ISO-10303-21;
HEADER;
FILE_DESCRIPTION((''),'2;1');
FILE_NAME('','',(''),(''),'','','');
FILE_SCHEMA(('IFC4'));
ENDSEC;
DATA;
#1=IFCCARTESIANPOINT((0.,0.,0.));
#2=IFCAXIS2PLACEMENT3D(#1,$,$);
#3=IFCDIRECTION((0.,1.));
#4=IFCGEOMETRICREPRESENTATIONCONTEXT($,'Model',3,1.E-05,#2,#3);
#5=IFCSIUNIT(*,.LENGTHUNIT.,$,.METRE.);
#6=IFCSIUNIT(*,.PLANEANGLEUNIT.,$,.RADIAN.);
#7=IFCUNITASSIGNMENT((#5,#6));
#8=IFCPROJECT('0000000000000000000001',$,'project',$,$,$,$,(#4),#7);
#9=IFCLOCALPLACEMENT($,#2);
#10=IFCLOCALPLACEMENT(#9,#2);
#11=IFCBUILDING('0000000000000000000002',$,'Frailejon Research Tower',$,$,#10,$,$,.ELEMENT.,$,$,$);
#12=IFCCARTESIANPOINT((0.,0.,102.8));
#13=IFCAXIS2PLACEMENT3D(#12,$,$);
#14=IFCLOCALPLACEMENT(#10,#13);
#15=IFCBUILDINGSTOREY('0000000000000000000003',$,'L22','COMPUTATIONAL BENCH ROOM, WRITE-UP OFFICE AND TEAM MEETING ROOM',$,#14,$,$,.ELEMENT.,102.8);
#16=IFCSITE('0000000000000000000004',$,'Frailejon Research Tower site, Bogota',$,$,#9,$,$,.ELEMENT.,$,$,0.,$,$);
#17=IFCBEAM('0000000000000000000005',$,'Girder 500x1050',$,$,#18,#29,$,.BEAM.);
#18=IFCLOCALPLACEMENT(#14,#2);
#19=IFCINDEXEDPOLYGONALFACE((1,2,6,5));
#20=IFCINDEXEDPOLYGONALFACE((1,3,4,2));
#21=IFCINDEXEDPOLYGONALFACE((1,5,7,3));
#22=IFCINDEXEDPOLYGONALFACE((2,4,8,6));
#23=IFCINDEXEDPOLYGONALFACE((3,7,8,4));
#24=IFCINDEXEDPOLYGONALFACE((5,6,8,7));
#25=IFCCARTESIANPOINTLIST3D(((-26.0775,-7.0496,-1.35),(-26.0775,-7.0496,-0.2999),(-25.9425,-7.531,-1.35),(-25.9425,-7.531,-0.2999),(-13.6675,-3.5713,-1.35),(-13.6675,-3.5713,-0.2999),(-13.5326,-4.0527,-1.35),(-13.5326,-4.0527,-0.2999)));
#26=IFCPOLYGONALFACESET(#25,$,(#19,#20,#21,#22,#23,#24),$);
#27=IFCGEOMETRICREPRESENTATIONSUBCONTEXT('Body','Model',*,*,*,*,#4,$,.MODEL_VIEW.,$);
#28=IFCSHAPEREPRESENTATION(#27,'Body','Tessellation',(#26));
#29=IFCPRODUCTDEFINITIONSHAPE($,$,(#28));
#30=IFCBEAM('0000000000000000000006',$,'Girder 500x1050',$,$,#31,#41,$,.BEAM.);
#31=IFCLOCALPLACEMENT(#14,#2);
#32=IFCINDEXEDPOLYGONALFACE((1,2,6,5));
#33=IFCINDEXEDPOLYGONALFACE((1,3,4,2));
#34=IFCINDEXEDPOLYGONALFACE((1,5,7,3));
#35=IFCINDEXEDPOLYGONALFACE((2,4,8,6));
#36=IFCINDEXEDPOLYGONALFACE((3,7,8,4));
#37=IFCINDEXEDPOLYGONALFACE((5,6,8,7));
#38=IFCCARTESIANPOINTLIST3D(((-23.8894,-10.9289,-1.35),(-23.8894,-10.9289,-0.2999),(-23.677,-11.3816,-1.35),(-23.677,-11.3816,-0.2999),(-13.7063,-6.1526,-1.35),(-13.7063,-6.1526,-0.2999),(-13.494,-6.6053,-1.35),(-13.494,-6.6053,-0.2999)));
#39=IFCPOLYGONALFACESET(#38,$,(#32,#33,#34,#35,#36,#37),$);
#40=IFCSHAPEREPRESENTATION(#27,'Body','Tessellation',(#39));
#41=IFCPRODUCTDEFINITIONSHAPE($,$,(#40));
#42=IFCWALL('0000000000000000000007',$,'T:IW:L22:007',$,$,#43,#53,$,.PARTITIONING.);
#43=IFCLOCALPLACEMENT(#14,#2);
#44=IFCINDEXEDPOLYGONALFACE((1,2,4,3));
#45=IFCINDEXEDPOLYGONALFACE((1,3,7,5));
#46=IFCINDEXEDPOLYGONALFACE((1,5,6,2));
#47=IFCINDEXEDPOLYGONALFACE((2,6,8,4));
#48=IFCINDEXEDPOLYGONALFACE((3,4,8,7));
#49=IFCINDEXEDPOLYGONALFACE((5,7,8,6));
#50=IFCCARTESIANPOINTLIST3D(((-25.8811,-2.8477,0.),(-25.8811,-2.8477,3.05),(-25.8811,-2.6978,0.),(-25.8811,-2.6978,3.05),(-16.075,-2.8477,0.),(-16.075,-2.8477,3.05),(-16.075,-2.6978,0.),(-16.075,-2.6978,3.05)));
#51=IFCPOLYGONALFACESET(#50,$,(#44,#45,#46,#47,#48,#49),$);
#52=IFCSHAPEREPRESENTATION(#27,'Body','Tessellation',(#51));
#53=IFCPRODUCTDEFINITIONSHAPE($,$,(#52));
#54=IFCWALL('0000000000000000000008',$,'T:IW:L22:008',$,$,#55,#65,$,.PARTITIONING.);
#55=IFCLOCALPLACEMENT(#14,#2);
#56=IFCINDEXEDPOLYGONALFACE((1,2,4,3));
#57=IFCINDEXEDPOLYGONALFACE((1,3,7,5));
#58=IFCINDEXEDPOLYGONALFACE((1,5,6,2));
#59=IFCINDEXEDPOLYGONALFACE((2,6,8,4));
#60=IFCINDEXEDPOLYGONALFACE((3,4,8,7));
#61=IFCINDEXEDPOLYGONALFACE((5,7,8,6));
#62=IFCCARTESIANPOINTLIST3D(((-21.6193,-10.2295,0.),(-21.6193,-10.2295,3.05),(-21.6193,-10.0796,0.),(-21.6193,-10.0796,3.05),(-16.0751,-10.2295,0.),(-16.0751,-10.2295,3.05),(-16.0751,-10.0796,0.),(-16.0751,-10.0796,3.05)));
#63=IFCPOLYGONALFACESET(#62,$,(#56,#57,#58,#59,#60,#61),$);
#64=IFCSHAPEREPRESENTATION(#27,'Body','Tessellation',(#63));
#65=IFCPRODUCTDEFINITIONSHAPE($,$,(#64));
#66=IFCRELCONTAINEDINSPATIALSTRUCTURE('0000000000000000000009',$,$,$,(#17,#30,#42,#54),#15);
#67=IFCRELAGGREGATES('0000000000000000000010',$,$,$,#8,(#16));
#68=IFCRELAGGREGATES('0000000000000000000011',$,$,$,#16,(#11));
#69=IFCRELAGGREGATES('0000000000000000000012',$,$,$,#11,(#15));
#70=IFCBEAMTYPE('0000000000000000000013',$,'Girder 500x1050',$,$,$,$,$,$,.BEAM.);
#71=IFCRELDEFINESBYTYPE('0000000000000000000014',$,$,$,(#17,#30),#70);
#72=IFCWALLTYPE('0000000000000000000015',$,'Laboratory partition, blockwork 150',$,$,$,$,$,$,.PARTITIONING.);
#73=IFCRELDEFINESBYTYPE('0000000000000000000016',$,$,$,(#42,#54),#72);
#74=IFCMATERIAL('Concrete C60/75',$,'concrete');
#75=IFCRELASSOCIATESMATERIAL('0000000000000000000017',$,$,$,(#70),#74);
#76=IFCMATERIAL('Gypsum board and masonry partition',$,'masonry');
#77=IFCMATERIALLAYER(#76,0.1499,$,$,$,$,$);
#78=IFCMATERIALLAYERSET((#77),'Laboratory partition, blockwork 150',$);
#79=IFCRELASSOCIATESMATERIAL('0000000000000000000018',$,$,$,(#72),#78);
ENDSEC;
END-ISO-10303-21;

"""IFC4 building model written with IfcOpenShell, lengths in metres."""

from ifc_helpers import new_model, si_unit, direction, frame, frame_2d, origin, origin_2d, place, context, subcontext, project, spatial, rectangle, extrude, material, layer, layer_set, material_profile, profile_set, type_object, element, save


model = new_model("IFC4")

# Units and contexts
model_context = context("Model", 3, precision=1e-05, world=origin(), true_north=direction((0.0, 1.0)))
body_context = subcontext(model_context, "Body", "Model", "MODEL_VIEW")
ifc_project = project(units=[si_unit("LENGTHUNIT", "METRE"), si_unit("PLANEANGLEUNIT", "RADIAN")], contexts=[model_context])

# Site, building, storey
site_placement = place(None, origin())
site = spatial("IfcSite", under=ifc_project, at=site_placement, Name="Frailejon Research Tower site, Bogota", CompositionType="ELEMENT", RefElevation=0.0)
building_placement = place(site_placement, origin())
building = spatial("IfcBuilding", under=site, at=building_placement, Name="Frailejon Research Tower", CompositionType="ELEMENT")
storey_placement = place(building_placement, frame((0.0, 0.0, 102.8)))
storey = spatial("IfcBuildingStorey", under=building, at=storey_placement, Name="L22", Description="COMPUTATIONAL BENCH ROOM, WRITE-UP OFFICE AND TEAM MEETING ROOM", CompositionType="ELEMENT", Elevation=102.8)

# Beams
ifc_material_1 = material(Name="Concrete C60/75", Category="concrete")
ifc_material_profile = material_profile(ifc_material_1, rectangle(XDim=0.5, YDim=1.05, at=origin_2d()), Name="Girder 500x1050")
ifc_profile_set = profile_set([ifc_material_profile], Name="Concrete C60/75")
beam_type = type_object("IfcBeamType", Name="Girder 500x1050", PredefinedType="BEAM", material=ifc_profile_set)
beam_1_placement = place(storey_placement, frame((-26.01, -7.2903, -0.825), z_axis=(0.962894, 0.269881, 0.0), x_axis=(-0.269881, 0.962894, 0.0)))
element("IfcBeam", 1, at=beam_1_placement, inside=storey, type_object=beam_type, Name="Girder 500x1050", PredefinedType="BEAM", context=body_context, shape_type="SweptSolid", body=[
    extrude(rectangle(XDim=0.5, YDim=1.05, at=origin_2d()), origin(), (0.0, 0.0, 1.0), 12.8882),
])
beam_2_placement = place(storey_placement, frame((-23.7832, -11.1553, -0.825), z_axis=(0.905355, 0.424655, 0.0), x_axis=(-0.424655, 0.905355, 0.0)))
element("IfcBeam", 2, at=beam_2_placement, inside=storey, type_object=beam_type, Name="Girder 500x1050", PredefinedType="BEAM", context=body_context, shape_type="SweptSolid", body=[
    extrude(rectangle(XDim=0.5, YDim=1.05, at=origin_2d()), origin(), (0.0, 0.0, 1.0), 11.2476),
])

# Walls
ifc_material_2 = material(Name="Gypsum board and masonry partition", Category="masonry")
ifc_layer_1 = layer(ifc_material_2, 0.1499)
ifc_layer_set_1 = layer_set([ifc_layer_1], Name="Laboratory partition, blockwork 150")
wall_type_1 = type_object("IfcWallType", Name="Laboratory partition, blockwork 150", PredefinedType="PARTITIONING", material=ifc_layer_set_1)
wall_1_placement = place(storey_placement, frame((-25.8811, -2.7727, 0.0), z_axis=(0.0, 0.0, 1.0), x_axis=(1.0, 0.0, 0.0)))
element("IfcWall", 3, at=wall_1_placement, inside=storey, type_object=wall_type_1, Name="T:IW:L22:007", PredefinedType="PARTITIONING", context=body_context, shape_type="SweptSolid", body=[
    extrude(rectangle(XDim=9.8062, YDim=0.1499, at=frame_2d((4.9031, 0.0))), origin(), (0.0, 0.0, 1.0), 3.05),
])
wall_2_placement = place(storey_placement, frame((-21.6191, -10.1545, 0.0), z_axis=(0.0, 0.0, 1.0), x_axis=(1.0, 0.0, 0.0)))
element("IfcWall", 4, at=wall_2_placement, inside=storey, type_object=wall_type_1, Name="T:IW:L22:008", PredefinedType="PARTITIONING", context=body_context, shape_type="SweptSolid", body=[
    extrude(rectangle(XDim=5.5442, YDim=0.1499, at=frame_2d((2.772, 0.0))), origin(), (0.0, 0.0, 1.0), 3.05),
])

save(model, "model.ifc")
